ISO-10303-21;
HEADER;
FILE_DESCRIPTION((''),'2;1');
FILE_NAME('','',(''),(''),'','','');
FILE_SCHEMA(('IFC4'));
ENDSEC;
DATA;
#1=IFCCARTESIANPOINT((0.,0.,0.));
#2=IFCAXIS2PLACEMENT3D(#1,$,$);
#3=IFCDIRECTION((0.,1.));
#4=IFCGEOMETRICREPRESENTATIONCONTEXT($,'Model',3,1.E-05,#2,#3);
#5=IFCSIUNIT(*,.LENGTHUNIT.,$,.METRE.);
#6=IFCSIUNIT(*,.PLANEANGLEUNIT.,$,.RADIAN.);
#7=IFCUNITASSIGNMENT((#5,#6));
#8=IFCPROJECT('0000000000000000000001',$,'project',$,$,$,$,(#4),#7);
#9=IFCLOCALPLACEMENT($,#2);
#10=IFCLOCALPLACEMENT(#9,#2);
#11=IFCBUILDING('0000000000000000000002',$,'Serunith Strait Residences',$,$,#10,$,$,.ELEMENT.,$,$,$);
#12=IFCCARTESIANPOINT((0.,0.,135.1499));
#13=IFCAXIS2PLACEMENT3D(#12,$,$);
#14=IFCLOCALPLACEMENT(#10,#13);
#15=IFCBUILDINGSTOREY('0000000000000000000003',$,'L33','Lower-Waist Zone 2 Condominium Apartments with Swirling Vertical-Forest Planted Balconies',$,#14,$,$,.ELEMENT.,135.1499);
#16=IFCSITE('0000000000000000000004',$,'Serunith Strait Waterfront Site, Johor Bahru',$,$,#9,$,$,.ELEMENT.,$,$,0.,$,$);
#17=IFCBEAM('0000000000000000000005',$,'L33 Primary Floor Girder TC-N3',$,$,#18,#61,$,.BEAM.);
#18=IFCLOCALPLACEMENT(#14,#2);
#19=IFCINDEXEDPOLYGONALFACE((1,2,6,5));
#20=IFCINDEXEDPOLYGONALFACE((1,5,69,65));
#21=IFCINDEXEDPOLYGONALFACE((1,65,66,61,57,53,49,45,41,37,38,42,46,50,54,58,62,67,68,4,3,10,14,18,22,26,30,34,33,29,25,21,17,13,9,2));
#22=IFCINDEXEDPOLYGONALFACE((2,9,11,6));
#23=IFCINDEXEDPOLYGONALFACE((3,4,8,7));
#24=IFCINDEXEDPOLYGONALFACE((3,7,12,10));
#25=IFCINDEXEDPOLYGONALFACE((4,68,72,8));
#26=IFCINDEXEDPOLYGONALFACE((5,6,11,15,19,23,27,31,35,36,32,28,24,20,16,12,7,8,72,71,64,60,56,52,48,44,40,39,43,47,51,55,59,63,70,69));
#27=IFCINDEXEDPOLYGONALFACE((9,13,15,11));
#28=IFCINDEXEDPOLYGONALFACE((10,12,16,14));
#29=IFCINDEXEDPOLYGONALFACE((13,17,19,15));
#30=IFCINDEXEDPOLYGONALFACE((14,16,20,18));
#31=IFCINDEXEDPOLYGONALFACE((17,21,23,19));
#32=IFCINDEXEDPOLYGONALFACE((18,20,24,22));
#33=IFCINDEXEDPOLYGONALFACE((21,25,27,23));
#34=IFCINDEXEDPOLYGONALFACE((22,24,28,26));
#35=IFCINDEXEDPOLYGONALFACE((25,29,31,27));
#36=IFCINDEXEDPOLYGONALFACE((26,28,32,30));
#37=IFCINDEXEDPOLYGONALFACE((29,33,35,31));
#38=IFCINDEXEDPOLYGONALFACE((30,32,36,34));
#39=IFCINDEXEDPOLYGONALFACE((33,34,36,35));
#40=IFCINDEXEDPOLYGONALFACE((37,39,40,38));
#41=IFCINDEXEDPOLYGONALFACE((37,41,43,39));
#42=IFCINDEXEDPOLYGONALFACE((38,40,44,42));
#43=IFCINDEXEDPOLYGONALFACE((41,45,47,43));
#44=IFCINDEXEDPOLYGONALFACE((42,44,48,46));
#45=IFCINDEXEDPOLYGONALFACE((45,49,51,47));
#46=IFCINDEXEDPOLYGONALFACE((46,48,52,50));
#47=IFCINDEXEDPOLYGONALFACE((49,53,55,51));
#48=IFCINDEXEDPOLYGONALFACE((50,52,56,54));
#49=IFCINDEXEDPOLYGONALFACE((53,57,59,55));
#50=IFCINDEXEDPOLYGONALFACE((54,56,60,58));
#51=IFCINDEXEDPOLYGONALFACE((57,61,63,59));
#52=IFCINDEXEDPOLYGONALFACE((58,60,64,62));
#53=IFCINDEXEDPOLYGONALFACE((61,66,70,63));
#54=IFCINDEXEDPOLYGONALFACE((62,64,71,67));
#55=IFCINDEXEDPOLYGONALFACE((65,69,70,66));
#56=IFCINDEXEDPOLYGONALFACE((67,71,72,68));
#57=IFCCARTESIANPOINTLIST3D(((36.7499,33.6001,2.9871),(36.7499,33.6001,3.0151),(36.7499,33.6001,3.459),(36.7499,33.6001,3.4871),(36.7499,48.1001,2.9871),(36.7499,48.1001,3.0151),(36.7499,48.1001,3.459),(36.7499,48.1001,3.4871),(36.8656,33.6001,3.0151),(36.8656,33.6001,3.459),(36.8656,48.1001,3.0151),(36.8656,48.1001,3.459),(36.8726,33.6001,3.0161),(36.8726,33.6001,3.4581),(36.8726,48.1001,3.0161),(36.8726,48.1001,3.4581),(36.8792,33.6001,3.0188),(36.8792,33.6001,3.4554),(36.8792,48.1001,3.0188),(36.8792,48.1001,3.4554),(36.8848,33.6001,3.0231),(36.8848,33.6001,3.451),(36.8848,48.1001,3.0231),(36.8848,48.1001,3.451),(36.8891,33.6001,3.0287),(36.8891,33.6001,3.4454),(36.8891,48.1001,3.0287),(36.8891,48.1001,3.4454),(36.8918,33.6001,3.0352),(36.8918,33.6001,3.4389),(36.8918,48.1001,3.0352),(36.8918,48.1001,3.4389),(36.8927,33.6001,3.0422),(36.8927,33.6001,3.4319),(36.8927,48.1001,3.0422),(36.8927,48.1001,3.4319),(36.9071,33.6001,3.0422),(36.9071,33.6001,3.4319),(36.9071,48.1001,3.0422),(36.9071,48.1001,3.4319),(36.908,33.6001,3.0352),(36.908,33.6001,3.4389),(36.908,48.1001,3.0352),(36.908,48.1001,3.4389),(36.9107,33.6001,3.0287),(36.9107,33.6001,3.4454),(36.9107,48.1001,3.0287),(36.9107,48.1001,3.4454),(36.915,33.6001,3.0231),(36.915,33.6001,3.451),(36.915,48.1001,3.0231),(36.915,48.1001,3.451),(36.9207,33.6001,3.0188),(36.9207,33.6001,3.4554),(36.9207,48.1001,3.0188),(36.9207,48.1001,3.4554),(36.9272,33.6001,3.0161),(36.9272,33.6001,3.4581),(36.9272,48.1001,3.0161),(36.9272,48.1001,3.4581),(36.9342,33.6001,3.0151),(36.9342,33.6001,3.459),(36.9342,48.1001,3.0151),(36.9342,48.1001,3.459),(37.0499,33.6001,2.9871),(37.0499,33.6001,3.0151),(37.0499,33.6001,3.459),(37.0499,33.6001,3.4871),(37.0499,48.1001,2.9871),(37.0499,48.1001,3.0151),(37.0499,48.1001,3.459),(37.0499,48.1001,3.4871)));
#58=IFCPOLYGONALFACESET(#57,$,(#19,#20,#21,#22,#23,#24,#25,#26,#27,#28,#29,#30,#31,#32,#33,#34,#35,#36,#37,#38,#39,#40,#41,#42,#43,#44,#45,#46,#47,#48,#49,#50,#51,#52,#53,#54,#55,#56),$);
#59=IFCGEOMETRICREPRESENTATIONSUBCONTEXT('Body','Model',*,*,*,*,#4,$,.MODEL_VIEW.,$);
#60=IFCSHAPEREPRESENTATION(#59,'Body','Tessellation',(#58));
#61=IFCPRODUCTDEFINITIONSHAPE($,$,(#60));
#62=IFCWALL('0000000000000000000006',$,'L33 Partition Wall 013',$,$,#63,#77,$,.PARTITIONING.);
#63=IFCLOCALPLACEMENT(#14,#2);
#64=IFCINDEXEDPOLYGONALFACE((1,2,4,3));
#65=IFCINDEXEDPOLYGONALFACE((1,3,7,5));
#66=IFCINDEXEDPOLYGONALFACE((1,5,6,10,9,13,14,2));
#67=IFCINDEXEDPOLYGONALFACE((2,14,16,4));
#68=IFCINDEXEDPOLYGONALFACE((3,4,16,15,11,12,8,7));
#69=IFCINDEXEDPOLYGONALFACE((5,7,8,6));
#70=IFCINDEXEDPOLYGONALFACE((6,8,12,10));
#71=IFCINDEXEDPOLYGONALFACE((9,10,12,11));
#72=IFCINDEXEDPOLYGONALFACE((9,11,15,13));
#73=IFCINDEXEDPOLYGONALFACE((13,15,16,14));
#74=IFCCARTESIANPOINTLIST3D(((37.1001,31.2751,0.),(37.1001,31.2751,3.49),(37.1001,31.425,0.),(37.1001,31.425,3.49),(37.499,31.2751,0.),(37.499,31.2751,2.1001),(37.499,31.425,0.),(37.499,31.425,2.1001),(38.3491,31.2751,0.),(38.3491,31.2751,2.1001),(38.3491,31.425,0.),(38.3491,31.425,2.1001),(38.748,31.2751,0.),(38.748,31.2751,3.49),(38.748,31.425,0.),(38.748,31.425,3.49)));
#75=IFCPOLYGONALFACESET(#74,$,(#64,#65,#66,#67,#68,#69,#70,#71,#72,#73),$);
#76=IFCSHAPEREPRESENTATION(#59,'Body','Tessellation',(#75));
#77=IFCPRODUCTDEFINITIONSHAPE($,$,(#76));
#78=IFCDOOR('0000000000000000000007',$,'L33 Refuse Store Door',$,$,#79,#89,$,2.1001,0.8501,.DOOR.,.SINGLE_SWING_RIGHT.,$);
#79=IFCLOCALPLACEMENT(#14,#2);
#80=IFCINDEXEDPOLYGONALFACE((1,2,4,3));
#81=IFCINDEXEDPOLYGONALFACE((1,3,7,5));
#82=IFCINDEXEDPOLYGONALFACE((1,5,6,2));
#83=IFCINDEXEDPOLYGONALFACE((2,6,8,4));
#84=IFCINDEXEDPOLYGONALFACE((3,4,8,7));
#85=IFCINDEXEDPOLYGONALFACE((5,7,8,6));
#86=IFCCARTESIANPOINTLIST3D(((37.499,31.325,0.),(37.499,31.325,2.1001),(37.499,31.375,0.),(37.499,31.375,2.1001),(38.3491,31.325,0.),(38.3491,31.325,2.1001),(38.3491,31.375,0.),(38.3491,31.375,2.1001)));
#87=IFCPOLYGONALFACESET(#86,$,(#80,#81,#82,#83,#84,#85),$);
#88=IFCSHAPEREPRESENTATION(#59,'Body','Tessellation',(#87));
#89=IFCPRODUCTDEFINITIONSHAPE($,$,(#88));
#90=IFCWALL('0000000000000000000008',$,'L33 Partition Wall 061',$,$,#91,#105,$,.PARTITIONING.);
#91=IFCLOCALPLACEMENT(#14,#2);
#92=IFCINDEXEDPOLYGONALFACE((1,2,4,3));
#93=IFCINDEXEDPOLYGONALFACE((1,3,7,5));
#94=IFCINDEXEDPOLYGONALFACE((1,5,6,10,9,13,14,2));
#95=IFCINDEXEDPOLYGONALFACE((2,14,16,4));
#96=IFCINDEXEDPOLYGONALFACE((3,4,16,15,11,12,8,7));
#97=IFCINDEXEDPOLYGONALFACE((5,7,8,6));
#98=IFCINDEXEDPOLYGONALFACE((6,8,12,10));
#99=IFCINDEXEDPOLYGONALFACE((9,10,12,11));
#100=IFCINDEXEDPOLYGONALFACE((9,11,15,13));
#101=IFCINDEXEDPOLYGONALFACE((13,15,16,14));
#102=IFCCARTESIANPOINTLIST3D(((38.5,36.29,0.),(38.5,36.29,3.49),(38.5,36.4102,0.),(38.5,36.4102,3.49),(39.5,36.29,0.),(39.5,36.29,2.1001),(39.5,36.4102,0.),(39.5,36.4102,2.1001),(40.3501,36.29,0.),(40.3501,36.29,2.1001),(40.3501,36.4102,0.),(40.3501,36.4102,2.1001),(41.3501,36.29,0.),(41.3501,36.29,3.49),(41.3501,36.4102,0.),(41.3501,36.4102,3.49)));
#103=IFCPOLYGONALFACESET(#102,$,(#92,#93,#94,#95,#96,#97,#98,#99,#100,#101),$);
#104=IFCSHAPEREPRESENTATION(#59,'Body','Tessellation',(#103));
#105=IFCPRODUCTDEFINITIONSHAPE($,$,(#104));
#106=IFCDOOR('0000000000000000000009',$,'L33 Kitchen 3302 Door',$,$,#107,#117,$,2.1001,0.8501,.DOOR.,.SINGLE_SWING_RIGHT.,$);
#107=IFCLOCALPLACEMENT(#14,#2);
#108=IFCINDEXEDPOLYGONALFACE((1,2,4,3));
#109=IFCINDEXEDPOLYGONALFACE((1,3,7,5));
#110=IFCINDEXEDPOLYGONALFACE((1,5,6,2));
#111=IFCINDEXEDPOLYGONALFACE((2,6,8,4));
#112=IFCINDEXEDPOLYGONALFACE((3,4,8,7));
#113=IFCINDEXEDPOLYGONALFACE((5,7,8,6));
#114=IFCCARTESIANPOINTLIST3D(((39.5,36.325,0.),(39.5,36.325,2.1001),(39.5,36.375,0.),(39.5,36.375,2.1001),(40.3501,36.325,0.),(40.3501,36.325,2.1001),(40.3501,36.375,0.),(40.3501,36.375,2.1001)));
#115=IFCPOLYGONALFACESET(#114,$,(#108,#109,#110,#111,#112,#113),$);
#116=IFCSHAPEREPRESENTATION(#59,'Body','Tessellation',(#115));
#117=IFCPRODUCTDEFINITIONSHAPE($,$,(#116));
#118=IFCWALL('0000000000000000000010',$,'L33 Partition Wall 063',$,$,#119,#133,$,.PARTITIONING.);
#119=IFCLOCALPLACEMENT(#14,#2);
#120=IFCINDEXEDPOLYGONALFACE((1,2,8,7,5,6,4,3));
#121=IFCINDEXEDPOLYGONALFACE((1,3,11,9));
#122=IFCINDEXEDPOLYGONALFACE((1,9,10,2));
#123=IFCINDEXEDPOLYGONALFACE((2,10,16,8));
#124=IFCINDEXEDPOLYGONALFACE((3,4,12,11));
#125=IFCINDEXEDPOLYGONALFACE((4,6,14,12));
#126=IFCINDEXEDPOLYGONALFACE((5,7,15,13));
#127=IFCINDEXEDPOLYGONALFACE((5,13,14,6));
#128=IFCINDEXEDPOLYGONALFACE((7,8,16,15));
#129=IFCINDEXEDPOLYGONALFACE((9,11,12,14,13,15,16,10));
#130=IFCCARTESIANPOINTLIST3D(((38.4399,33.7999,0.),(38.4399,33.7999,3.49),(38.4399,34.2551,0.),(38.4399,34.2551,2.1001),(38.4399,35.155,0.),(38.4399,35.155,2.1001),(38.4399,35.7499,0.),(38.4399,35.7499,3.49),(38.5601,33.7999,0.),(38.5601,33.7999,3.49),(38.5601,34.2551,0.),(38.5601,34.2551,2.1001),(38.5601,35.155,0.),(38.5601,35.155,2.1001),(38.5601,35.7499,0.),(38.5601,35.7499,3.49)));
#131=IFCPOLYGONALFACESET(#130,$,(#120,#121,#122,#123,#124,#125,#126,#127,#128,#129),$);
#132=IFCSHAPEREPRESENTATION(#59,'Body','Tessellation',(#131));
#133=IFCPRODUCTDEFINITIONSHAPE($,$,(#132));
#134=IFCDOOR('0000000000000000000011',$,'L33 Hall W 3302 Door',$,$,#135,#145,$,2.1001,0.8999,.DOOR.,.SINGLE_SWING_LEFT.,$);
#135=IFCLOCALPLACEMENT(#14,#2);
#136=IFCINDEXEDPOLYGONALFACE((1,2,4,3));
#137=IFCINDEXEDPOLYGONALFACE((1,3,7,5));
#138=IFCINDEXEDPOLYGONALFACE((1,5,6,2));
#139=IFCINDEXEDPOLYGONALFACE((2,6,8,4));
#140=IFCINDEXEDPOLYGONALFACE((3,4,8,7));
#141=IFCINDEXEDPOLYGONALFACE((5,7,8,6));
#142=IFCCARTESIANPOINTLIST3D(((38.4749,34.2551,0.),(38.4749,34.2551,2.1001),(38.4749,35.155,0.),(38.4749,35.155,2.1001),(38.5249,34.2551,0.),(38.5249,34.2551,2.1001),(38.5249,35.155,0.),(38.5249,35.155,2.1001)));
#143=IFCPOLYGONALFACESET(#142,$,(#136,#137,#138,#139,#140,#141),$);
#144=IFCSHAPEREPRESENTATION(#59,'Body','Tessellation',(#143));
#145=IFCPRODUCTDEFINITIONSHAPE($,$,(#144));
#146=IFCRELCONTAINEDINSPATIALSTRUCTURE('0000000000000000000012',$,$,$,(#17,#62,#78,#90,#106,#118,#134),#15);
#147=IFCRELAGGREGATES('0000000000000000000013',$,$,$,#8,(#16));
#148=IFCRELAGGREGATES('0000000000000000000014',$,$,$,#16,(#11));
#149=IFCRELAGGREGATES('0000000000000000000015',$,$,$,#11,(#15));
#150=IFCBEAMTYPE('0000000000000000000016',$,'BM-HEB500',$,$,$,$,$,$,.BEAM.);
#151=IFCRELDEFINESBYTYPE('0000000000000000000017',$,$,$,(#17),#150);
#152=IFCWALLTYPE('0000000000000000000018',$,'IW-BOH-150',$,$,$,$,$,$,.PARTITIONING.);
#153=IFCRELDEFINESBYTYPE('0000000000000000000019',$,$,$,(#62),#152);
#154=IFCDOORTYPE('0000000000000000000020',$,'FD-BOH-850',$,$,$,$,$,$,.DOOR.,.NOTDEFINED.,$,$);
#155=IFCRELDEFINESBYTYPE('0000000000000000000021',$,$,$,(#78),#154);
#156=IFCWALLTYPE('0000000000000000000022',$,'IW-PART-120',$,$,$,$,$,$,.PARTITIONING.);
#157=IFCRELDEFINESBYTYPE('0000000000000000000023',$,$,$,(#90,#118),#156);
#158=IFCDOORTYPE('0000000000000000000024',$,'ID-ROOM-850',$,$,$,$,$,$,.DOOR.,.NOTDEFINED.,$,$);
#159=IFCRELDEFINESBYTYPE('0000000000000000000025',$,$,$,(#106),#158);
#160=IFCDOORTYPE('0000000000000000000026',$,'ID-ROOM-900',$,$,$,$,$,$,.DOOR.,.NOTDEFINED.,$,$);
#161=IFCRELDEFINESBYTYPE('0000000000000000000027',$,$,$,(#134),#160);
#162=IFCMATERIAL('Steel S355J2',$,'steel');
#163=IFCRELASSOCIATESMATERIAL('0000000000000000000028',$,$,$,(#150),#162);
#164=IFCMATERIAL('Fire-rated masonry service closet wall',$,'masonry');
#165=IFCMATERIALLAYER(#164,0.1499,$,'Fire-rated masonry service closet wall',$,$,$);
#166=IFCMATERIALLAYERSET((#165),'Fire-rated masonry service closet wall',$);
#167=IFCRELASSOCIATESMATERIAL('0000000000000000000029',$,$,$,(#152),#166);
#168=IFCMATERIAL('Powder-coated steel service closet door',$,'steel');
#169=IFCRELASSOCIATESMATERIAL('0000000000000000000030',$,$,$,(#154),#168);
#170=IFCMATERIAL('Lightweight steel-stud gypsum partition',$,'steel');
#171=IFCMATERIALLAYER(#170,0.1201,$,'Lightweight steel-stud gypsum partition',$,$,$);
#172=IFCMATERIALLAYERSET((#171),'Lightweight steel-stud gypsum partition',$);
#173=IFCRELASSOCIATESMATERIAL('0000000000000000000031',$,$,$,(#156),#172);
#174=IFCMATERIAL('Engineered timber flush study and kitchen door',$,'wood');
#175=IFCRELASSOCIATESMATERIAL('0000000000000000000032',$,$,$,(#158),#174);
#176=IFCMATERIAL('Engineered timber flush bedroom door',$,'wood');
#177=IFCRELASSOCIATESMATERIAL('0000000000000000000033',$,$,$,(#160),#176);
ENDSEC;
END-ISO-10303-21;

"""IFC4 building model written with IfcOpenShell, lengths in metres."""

from ifc_helpers import new_model, si_unit, direction, frame, frame_2d, origin, origin_2d, place, context, subcontext, project, spatial, rectangle, i_section, extrude, source, transform, mapped, material, layer, layer_set, material_profile, profile_set, type_object, element, fill, save


model = new_model("IFC4")

# Units and contexts
model_context = context("Model", 3, precision=1e-05, world=origin(), true_north=direction((0.0, 1.0)))
body_context = subcontext(model_context, "Body", "Model", "MODEL_VIEW")
ifc_project = project(units=[si_unit("LENGTHUNIT", "METRE"), si_unit("PLANEANGLEUNIT", "RADIAN")], contexts=[model_context])

# Site, building, storey
site_placement = place(None, origin())
site = spatial("IfcSite", under=ifc_project, at=site_placement, Name="Serunith Strait Waterfront Site, Johor Bahru", CompositionType="ELEMENT", RefElevation=0.0)
building_placement = place(site_placement, origin())
building = spatial("IfcBuilding", under=site, at=building_placement, Name="Serunith Strait Residences", CompositionType="ELEMENT")
storey_placement = place(building_placement, frame((0.0, 0.0, 135.1499)))
storey = spatial("IfcBuildingStorey", under=building, at=storey_placement, Name="L33", Description="Lower-Waist Zone 2 Condominium Apartments with Swirling Vertical-Forest Planted Balconies", CompositionType="ELEMENT", Elevation=135.1499)

# Beam
ifc_material_1 = material(Name="Steel S355J2", Category="steel")
ifc_material_profile = material_profile(ifc_material_1, i_section(OverallWidth=0.3, OverallDepth=0.5, WebThickness=0.0144, FlangeThickness=0.0281, FilletRadius=0.0271, at=origin_2d()), Name="HEB 500")
ifc_profile_set = profile_set([ifc_material_profile], Name="Steel S355J2")
beam_type = type_object("IfcBeamType", Name="BM-HEB500", PredefinedType="BEAM", material=ifc_profile_set)
shared_shape_1 = source(origin(), body_context, "Body", "SweptSolid", [
    extrude(i_section(OverallWidth=0.3, OverallDepth=0.5, WebThickness=0.0144, FlangeThickness=0.0281, FilletRadius=0.0271, at=origin_2d()), origin(), (0.0, 0.0, 1.0), 14.5),
])
beam_placement = place(storey_placement, frame((36.8999, 33.6001, 3.2371), z_axis=(0.0, 1.0, 0.0), x_axis=(-1.0, 0.0, 0.0)))
element("IfcBeam", 1, at=beam_placement, inside=storey, type_object=beam_type, Name="L33 Primary Floor Girder TC-N3", PredefinedType="BEAM", context=body_context, shape_type="MappedRepresentation", body=[
    mapped(shared_shape_1, transform((0.0, 0.0, 0.0), scale=1.0)),
])

# Walls, openings, doors
ifc_material_2 = material(Name="Fire-rated masonry service closet wall", Category="masonry")
ifc_layer_1 = layer(ifc_material_2, 0.1499, Name="Fire-rated masonry service closet wall")
ifc_layer_set_1 = layer_set([ifc_layer_1], Name="Fire-rated masonry service closet wall")
wall_type_1 = type_object("IfcWallType", Name="IW-BOH-150", PredefinedType="PARTITIONING", material=ifc_layer_set_1)
wall_1_placement = place(storey_placement, frame((37.1001, 31.3501, 0.0), z_axis=(0.0, 0.0, 1.0), x_axis=(1.0, 0.0, 0.0)))
wall_1 = element("IfcWall", 2, at=wall_1_placement, inside=storey, type_object=wall_type_1, Name="L33 Partition Wall 013", PredefinedType="PARTITIONING", context=body_context, shape_type="SweptSolid", body=[
    extrude(rectangle(XDim=1.6479, YDim=0.1499, at=frame_2d((0.824, 0.0))), origin(), (0.0, 0.0, 1.0), 3.49),
])
opening_1_placement = place(wall_1_placement, frame((0.3989, 0.0, 0.0)))
opening_1 = element("IfcOpeningElement", 3, at=opening_1_placement, cuts=wall_1, PredefinedType="OPENING", context=body_context, shape_type="SweptSolid", body=[
    extrude(rectangle(XDim=0.8501, YDim=2.1001, at=frame_2d((0.425, 1.05))), frame((0.0, 0.085, 0.0), z_axis=(0.0, -1.0, 0.0), x_axis=(1.0, 0.0, 0.0)), (0.0, 0.0, 1.0), 0.1699),
])
ifc_material_3 = material(Name="Powder-coated steel service closet door", Category="steel")
door_type_1 = type_object("IfcDoorType", Name="FD-BOH-850", OperationType="NOTDEFINED", PredefinedType="DOOR", material=ifc_material_3)
shared_shape_2 = source(origin(), body_context, "Body", "SweptSolid", [
    extrude(rectangle(XDim=0.8501, YDim=2.1001, at=frame_2d((0.425, 1.05))), frame((0.0, 0.0249, 0.0), z_axis=(0.0, -1.0, 0.0), x_axis=(1.0, 0.0, 0.0)), (0.0, 0.0, 1.0), 0.05),
])
door_1_placement = place(opening_1_placement, origin())
door_1 = element("IfcDoor", 4, at=door_1_placement, inside=storey, type_object=door_type_1, Name="L33 Refuse Store Door", OperationType="SINGLE_SWING_RIGHT", OverallHeight=2.1001, OverallWidth=0.8501, PredefinedType="DOOR", context=body_context, shape_type="MappedRepresentation", body=[
    mapped(shared_shape_2, transform((0.0, 0.0, 0.0), scale=1.0)),
])
fill(opening_1, door_1)
ifc_material_4 = material(Name="Lightweight steel-stud gypsum partition", Category="steel")
ifc_layer_2 = layer(ifc_material_4, 0.1201, Name="Lightweight steel-stud gypsum partition")
ifc_layer_set_2 = layer_set([ifc_layer_2], Name="Lightweight steel-stud gypsum partition")
wall_type_2 = type_object("IfcWallType", Name="IW-PART-120", PredefinedType="PARTITIONING", material=ifc_layer_set_2)
wall_2_placement = place(storey_placement, frame((38.5, 36.3501, 0.0), z_axis=(0.0, 0.0, 1.0), x_axis=(1.0, 0.0, 0.0)))
wall_2 = element("IfcWall", 5, at=wall_2_placement, inside=storey, type_object=wall_type_2, Name="L33 Partition Wall 061", PredefinedType="PARTITIONING", context=body_context, shape_type="SweptSolid", body=[
    extrude(rectangle(XDim=2.8501, YDim=0.1201, at=frame_2d((1.425, 0.0))), origin(), (0.0, 0.0, 1.0), 3.49),
])
opening_2_placement = place(wall_2_placement, frame((1.0, 0.0, 0.0)))
opening_2 = element("IfcOpeningElement", 6, at=opening_2_placement, cuts=wall_2, PredefinedType="OPENING", context=body_context, shape_type="SweptSolid", body=[
    extrude(rectangle(XDim=0.8501, YDim=2.1001, at=frame_2d((0.425, 1.05))), frame((0.0, 0.0701, 0.0), z_axis=(0.0, -1.0, 0.0), x_axis=(1.0, 0.0, 0.0)), (0.0, 0.0, 1.0), 0.1401),
])
ifc_material_5 = material(Name="Engineered timber flush study and kitchen door", Category="wood")
door_type_2 = type_object("IfcDoorType", Name="ID-ROOM-850", OperationType="NOTDEFINED", PredefinedType="DOOR", material=ifc_material_5)
door_2_placement = place(opening_2_placement, origin())
door_2 = element("IfcDoor", 7, at=door_2_placement, inside=storey, type_object=door_type_2, Name="L33 Kitchen 3302 Door", OperationType="SINGLE_SWING_RIGHT", OverallHeight=2.1001, OverallWidth=0.8501, PredefinedType="DOOR", context=body_context, shape_type="MappedRepresentation", body=[
    mapped(shared_shape_2, transform((0.0, 0.0, 0.0), scale=1.0)),
])
fill(opening_2, door_2)
wall_3_placement = place(storey_placement, frame((38.5, 35.75, 0.0), z_axis=(0.0, 0.0, 1.0), x_axis=(0.0, -1.0, 0.0)))
wall_3 = element("IfcWall", 8, at=wall_3_placement, inside=storey, type_object=wall_type_2, Name="L33 Partition Wall 063", PredefinedType="PARTITIONING", context=body_context, shape_type="SweptSolid", body=[
    extrude(rectangle(XDim=1.95, YDim=0.1201, at=frame_2d((0.9751, 0.0))), origin(), (0.0, 0.0, 1.0), 3.49),
])
opening_3_placement = place(wall_3_placement, frame((0.595, 0.0, 0.0)))
opening_3 = element("IfcOpeningElement", 9, at=opening_3_placement, cuts=wall_3, PredefinedType="OPENING", context=body_context, shape_type="SweptSolid", body=[
    extrude(rectangle(XDim=0.8999, YDim=2.1001, at=frame_2d((0.45, 1.05))), frame((0.0, 0.0701, 0.0), z_axis=(0.0, -1.0, 0.0), x_axis=(1.0, 0.0, 0.0)), (0.0, 0.0, 1.0), 0.1401),
])
ifc_material_6 = material(Name="Engineered timber flush bedroom door", Category="wood")
door_type_3 = type_object("IfcDoorType", Name="ID-ROOM-900", OperationType="NOTDEFINED", PredefinedType="DOOR", material=ifc_material_6)
shared_shape_3 = source(origin(), body_context, "Body", "SweptSolid", [
    extrude(rectangle(XDim=0.8999, YDim=2.1001, at=frame_2d((0.45, 1.05))), frame((0.0, 0.0249, 0.0), z_axis=(0.0, -1.0, 0.0), x_axis=(1.0, 0.0, 0.0)), (0.0, 0.0, 1.0), 0.05),
])
door_3_placement = place(opening_3_placement, origin())
door_3 = element("IfcDoor", 10, at=door_3_placement, inside=storey, type_object=door_type_3, Name="L33 Hall W 3302 Door", OperationType="SINGLE_SWING_LEFT", OverallHeight=2.1001, OverallWidth=0.8999, PredefinedType="DOOR", context=body_context, shape_type="MappedRepresentation", body=[
    mapped(shared_shape_3, transform((0.0, 0.0, 0.0), scale=1.0)),
])
fill(opening_3, door_3)

save(model, "model.ifc")
